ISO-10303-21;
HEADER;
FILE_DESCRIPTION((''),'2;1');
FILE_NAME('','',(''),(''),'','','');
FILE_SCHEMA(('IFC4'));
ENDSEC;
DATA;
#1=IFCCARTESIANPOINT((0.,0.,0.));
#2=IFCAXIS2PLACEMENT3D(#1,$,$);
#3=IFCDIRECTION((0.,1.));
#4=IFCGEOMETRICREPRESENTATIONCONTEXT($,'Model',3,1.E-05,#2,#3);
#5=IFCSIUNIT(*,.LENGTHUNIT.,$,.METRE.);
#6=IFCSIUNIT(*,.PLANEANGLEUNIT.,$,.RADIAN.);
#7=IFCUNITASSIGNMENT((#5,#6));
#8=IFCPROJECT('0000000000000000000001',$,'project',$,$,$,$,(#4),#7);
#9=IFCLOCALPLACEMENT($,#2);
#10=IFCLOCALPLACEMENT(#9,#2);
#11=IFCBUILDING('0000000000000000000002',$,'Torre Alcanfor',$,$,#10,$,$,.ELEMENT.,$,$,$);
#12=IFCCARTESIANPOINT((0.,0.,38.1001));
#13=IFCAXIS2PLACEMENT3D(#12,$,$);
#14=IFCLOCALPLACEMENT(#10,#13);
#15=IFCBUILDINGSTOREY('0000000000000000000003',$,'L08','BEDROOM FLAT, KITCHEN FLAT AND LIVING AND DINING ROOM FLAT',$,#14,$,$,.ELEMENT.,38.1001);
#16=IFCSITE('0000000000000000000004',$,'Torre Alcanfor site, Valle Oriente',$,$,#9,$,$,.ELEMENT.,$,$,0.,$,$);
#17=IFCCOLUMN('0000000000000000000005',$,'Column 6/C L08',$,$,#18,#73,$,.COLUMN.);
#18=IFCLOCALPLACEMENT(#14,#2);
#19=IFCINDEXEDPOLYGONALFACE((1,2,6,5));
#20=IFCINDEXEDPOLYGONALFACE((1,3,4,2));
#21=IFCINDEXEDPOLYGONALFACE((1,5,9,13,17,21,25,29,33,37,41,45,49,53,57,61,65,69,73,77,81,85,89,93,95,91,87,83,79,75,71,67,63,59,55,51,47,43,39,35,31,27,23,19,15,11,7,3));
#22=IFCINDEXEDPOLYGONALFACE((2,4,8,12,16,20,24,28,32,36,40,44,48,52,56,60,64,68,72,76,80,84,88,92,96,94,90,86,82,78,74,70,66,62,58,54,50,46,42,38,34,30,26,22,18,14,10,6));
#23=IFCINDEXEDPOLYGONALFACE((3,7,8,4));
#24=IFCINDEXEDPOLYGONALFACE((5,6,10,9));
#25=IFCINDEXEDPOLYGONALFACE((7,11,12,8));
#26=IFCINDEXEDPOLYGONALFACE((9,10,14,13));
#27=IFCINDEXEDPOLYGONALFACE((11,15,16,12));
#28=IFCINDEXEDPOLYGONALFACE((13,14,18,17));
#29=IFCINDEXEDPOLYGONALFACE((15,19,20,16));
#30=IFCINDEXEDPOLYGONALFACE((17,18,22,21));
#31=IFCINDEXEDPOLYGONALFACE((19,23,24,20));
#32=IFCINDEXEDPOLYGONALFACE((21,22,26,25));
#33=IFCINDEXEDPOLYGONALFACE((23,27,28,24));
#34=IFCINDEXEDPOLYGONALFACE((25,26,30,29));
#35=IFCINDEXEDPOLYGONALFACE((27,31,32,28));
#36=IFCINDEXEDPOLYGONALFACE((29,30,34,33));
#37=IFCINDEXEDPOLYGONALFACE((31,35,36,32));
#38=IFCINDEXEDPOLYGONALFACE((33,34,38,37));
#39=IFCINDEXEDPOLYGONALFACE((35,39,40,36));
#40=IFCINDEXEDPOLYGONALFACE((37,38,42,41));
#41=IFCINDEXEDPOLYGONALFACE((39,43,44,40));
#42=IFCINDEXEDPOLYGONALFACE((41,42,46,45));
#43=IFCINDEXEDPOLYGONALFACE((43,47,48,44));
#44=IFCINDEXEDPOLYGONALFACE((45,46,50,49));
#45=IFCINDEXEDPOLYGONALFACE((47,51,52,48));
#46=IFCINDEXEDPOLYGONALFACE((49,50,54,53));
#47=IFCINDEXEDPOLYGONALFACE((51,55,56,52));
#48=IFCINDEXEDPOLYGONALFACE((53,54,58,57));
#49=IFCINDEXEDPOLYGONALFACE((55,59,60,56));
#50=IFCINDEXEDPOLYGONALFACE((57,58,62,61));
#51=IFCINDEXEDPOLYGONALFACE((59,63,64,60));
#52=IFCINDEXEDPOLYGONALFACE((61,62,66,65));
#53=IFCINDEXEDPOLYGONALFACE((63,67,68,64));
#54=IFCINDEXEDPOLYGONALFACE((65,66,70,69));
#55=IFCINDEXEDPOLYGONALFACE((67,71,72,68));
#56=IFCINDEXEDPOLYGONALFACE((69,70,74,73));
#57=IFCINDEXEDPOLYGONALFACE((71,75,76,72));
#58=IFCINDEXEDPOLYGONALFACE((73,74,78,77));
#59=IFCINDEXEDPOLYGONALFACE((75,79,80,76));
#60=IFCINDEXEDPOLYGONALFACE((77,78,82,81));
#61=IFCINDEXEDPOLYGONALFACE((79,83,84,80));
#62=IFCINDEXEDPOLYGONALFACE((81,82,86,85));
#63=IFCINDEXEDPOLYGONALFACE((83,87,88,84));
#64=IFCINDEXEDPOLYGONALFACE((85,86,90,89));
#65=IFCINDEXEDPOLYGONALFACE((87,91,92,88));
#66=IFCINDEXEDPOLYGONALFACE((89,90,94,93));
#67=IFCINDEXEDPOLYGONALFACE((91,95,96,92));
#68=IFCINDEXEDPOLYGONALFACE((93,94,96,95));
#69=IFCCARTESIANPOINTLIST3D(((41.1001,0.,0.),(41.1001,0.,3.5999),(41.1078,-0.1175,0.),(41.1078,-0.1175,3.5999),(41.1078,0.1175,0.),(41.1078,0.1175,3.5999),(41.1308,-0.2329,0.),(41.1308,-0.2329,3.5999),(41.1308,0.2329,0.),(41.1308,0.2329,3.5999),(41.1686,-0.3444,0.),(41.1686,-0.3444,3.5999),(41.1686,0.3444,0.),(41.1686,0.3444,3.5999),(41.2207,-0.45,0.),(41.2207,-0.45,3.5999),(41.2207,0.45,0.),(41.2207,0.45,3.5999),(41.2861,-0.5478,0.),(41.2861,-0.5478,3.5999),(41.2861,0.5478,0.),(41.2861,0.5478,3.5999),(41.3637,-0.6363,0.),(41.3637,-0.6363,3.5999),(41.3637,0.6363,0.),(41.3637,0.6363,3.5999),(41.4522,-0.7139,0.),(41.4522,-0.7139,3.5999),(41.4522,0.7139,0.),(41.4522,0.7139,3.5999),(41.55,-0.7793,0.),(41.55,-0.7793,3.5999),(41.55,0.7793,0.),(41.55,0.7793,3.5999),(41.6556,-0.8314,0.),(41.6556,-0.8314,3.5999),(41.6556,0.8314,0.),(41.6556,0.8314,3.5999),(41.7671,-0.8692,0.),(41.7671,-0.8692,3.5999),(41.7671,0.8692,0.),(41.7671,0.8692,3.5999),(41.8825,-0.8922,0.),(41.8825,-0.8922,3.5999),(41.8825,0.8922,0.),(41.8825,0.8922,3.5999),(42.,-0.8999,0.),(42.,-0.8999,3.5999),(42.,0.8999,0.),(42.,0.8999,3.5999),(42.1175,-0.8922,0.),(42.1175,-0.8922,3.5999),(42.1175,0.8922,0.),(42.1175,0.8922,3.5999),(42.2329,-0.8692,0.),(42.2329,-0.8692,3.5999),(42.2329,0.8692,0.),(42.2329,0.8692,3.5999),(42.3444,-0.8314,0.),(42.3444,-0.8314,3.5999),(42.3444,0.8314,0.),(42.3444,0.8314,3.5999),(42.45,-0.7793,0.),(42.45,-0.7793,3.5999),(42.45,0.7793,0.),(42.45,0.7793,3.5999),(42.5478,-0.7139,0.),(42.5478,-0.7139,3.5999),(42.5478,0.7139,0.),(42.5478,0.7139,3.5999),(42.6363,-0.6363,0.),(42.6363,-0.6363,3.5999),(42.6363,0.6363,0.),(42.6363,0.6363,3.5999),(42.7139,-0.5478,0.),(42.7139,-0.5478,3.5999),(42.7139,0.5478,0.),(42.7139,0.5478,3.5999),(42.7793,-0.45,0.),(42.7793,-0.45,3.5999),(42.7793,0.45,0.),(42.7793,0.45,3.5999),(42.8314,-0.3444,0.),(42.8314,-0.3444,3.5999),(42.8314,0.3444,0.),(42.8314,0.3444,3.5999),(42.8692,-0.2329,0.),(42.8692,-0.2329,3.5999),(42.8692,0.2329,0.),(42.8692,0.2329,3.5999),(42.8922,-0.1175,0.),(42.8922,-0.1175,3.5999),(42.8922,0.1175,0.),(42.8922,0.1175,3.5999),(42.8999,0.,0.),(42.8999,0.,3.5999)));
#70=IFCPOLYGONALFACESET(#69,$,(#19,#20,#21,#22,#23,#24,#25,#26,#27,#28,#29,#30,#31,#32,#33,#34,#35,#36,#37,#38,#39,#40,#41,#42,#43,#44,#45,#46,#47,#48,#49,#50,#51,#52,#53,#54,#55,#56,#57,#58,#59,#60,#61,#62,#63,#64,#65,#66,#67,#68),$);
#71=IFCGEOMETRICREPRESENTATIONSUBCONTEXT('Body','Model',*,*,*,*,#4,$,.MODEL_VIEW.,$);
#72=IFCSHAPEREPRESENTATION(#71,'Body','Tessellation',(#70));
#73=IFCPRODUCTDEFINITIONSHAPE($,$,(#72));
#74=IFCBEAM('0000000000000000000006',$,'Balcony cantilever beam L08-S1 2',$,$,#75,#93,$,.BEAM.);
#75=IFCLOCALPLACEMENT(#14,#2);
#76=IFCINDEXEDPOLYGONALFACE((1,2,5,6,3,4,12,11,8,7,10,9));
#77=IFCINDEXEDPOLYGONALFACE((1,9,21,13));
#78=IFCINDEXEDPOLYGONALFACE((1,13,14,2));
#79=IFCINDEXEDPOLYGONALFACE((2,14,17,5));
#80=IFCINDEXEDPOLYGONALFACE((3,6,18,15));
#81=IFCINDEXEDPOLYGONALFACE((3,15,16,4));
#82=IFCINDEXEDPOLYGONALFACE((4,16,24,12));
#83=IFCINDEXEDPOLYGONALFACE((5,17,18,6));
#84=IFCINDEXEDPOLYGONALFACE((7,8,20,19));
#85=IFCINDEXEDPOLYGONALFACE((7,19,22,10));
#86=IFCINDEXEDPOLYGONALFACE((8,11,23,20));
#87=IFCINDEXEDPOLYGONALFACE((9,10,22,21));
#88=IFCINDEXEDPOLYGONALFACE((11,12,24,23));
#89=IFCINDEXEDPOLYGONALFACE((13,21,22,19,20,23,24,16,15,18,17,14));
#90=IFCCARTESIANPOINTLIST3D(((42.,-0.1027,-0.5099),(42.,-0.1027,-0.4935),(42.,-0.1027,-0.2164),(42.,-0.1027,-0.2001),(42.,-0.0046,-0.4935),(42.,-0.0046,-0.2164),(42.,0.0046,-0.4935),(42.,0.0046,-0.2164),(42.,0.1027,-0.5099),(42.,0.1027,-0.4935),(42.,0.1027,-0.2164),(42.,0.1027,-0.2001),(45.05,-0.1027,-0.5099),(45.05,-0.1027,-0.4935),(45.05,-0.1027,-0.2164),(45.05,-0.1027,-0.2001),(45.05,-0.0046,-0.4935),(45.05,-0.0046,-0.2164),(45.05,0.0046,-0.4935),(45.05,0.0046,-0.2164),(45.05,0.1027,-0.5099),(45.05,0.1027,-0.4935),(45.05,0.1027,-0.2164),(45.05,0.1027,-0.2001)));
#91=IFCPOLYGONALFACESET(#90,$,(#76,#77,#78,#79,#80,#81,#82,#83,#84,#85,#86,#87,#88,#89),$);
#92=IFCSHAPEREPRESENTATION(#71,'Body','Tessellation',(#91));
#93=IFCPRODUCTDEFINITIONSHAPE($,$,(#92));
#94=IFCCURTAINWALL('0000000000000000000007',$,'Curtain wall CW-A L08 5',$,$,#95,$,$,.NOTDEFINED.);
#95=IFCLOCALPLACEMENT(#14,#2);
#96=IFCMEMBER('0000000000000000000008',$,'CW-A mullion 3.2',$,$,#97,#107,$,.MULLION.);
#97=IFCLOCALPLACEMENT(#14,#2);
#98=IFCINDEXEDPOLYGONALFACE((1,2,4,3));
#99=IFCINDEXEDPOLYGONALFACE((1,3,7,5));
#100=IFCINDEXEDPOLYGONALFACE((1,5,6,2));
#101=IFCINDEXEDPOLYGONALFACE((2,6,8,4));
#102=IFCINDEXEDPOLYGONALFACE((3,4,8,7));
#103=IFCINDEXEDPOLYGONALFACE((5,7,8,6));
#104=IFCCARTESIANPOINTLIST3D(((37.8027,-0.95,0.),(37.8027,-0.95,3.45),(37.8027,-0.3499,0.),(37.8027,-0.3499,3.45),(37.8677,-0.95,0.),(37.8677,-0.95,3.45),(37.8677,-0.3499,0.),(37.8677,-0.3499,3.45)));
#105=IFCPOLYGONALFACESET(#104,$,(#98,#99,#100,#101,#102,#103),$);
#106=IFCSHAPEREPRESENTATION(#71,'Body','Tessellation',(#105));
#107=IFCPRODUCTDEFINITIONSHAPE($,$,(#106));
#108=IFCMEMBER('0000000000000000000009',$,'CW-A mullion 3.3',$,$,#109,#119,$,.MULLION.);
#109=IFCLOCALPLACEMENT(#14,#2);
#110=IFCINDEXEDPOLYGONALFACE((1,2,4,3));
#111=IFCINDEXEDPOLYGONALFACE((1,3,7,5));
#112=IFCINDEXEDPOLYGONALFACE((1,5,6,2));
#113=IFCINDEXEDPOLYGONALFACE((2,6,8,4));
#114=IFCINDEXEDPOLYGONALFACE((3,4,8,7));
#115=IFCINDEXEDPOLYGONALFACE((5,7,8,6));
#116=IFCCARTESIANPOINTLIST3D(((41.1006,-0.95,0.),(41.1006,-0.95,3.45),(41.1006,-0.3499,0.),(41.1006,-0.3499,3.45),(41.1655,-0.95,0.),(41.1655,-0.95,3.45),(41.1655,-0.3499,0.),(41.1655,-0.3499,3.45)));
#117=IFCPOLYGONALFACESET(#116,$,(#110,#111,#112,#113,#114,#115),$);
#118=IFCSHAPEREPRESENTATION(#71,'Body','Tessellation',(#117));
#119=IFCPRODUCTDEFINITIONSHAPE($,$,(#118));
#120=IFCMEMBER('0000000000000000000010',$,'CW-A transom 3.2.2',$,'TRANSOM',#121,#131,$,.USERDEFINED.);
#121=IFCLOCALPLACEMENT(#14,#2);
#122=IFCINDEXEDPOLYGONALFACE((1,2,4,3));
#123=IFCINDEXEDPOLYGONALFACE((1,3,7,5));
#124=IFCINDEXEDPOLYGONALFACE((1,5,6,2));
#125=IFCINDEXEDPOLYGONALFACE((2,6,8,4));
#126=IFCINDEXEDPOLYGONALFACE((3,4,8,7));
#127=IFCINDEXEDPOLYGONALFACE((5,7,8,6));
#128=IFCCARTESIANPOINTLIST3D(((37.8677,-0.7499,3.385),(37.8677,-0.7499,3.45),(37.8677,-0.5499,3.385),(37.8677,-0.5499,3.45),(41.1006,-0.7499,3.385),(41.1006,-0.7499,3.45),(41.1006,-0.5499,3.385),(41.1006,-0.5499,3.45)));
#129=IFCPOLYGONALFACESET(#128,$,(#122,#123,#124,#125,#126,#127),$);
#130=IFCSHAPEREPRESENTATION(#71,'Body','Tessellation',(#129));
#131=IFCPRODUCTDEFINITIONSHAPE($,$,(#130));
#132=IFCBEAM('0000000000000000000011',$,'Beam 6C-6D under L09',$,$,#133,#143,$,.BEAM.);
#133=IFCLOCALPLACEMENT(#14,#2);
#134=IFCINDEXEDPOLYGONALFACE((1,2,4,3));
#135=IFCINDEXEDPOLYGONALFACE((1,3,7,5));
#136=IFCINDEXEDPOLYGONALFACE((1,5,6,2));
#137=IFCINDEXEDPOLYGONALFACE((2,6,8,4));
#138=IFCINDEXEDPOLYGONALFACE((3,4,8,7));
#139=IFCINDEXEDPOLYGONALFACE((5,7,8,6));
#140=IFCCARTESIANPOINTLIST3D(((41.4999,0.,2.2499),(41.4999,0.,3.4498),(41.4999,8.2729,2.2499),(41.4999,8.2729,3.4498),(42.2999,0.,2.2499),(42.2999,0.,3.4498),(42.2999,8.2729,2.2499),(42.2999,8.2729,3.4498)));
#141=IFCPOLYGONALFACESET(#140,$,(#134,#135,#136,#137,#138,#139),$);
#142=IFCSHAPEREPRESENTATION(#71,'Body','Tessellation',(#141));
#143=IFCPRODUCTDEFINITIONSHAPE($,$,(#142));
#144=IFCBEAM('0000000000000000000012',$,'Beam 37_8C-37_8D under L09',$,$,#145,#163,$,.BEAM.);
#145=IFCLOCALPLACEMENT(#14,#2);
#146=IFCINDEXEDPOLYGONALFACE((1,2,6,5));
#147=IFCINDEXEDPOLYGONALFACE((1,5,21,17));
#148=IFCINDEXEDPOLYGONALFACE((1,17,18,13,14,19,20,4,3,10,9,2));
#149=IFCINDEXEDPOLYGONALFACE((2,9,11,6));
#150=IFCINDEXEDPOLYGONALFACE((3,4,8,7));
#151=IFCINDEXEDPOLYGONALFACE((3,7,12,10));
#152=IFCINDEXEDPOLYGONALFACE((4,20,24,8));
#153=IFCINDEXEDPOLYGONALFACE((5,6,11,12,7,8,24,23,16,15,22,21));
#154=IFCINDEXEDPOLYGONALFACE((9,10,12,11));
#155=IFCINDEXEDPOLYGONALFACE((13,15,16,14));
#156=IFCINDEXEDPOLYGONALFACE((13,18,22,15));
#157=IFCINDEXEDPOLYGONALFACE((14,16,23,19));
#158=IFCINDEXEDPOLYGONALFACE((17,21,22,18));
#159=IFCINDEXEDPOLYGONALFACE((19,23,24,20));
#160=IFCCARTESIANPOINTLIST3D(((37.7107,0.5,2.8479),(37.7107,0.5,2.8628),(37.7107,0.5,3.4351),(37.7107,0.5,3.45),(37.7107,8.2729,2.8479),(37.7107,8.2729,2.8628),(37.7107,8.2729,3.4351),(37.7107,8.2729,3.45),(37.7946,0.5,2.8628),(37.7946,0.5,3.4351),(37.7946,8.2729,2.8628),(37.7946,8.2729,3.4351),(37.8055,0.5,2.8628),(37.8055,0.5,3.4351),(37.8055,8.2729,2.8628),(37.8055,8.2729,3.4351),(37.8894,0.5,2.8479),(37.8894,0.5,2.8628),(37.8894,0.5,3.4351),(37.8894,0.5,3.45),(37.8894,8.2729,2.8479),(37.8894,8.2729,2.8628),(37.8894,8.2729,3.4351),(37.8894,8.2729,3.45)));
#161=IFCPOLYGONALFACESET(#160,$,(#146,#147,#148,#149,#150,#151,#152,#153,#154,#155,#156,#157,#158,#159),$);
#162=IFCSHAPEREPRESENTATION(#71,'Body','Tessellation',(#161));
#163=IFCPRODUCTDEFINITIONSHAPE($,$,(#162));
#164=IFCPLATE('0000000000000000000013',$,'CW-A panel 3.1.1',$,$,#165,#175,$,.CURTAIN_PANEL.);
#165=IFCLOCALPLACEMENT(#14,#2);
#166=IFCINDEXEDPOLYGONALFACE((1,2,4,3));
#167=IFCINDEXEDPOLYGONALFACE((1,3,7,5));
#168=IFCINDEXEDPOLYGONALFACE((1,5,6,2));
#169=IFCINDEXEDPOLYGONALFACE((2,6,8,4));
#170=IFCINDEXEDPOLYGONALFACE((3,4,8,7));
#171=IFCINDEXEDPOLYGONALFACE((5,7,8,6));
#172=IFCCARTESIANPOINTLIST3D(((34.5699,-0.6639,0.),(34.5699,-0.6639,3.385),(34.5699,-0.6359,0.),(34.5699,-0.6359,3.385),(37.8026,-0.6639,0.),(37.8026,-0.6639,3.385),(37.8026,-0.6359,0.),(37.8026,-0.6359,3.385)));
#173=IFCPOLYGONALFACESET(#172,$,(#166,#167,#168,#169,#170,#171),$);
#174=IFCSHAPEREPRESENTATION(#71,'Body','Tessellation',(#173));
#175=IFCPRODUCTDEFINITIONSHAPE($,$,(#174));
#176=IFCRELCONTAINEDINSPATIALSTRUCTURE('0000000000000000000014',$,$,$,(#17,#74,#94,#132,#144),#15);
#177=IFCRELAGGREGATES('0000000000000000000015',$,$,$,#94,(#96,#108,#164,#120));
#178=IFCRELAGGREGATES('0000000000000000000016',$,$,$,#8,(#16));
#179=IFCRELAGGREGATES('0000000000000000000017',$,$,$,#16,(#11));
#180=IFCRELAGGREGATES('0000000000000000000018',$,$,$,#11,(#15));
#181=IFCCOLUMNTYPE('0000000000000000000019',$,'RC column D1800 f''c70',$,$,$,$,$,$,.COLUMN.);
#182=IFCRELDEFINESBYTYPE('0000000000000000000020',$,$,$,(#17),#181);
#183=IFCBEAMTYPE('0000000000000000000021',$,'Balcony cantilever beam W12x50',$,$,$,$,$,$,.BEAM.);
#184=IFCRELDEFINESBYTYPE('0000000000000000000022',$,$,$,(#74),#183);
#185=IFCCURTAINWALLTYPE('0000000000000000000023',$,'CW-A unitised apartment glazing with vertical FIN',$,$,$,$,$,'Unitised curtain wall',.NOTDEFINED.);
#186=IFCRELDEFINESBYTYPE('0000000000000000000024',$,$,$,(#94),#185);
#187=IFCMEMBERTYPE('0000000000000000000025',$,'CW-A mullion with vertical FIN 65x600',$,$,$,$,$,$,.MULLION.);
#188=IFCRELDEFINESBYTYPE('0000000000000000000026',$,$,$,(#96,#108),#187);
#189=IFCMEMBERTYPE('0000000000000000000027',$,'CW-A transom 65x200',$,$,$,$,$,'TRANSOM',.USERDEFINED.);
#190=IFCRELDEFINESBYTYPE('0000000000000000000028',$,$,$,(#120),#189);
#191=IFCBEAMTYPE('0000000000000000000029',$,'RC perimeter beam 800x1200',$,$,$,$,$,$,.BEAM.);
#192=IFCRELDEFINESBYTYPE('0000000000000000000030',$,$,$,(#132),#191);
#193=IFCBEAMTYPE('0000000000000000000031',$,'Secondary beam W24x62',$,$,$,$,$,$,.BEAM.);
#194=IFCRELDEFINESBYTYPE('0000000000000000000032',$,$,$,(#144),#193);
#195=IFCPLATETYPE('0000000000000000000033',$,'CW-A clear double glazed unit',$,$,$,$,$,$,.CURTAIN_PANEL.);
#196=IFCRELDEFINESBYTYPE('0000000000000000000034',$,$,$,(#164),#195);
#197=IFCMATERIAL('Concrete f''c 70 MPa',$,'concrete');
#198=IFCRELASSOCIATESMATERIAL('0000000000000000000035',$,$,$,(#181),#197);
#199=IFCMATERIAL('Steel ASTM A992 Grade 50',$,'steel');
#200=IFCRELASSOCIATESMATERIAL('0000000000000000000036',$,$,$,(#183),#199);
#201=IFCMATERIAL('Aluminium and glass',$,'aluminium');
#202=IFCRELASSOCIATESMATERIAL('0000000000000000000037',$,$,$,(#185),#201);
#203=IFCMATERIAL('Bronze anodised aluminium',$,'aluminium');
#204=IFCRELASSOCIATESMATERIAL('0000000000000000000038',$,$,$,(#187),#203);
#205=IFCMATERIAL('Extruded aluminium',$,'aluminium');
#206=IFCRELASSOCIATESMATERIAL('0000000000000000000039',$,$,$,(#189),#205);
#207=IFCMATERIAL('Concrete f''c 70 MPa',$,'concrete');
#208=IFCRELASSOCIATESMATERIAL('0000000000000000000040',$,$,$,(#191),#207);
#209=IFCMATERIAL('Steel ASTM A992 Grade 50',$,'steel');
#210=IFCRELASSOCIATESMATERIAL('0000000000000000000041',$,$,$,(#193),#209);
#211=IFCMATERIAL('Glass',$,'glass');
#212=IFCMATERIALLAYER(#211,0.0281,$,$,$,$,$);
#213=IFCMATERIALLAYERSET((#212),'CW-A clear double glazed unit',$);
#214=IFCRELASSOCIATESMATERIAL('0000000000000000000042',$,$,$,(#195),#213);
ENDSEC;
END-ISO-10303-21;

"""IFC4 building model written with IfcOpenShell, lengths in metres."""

from ifc_helpers import new_model, si_unit, direction, frame, origin, origin_2d, place, context, subcontext, project, spatial, rectangle, circle, i_section, extrude, material, layer, layer_set, material_profile, profile_set, type_object, element, aggregate, save


model = new_model("IFC4")

# Units and contexts
model_context = context("Model", 3, precision=1e-05, world=origin(), true_north=direction((0.0, 1.0)))
body_context = subcontext(model_context, "Body", "Model", "MODEL_VIEW")
ifc_project = project(units=[si_unit("LENGTHUNIT", "METRE"), si_unit("PLANEANGLEUNIT", "RADIAN")], contexts=[model_context])

# Site, building, storey
site_placement = place(None, origin())
site = spatial("IfcSite", under=ifc_project, at=site_placement, Name="Torre Alcanfor site, Valle Oriente", CompositionType="ELEMENT", RefElevation=0.0)
building_placement = place(site_placement, origin())
building = spatial("IfcBuilding", under=site, at=building_placement, Name="Torre Alcanfor", CompositionType="ELEMENT")
storey_placement = place(building_placement, frame((0.0, 0.0, 38.1001)))
storey = spatial("IfcBuildingStorey", under=building, at=storey_placement, Name="L08", Description="BEDROOM FLAT, KITCHEN FLAT AND LIVING AND DINING ROOM FLAT", CompositionType="ELEMENT", Elevation=38.1001)

# Column
ifc_material_1 = material(Name="Concrete f'c 70 MPa", Category="concrete")
ifc_material_profile_1 = material_profile(ifc_material_1, circle(Radius=0.8999, at=origin_2d()), Name="D1800")
ifc_profile_set_1 = profile_set([ifc_material_profile_1], Name="Concrete f'c 70 MPa")
column_type = type_object("IfcColumnType", Name="RC column D1800 f'c70", PredefinedType="COLUMN", material=ifc_profile_set_1)
column_placement = place(storey_placement, frame((42.0, 0.0, 0.0), z_axis=(0.0, 0.0, 1.0), x_axis=(1.0, 0.0, 0.0)))
element("IfcColumn", 1, at=column_placement, inside=storey, type_object=column_type, Name="Column 6/C L08", PredefinedType="COLUMN", context=body_context, shape_type="SweptSolid", body=[
    extrude(circle(Radius=0.8999, at=origin_2d()), origin(), (0.0, 0.0, 1.0), 3.5999),
])

# Beam
ifc_material_2 = material(Name="Steel ASTM A992 Grade 50", Category="steel")
ifc_material_profile_2 = material_profile(ifc_material_2, i_section(OverallWidth=0.2053, OverallDepth=0.3098, WebThickness=0.0093, FlangeThickness=0.0164, at=origin_2d()), Name="W12x50")
ifc_profile_set_2 = profile_set([ifc_material_profile_2], Name="Steel ASTM A992 Grade 50")
beam_type_1 = type_object("IfcBeamType", Name="Balcony cantilever beam W12x50", PredefinedType="BEAM", material=ifc_profile_set_2)
beam_1_placement = place(storey_placement, frame((42.0, 0.0, -0.355), z_axis=(1.0, 0.0, 0.0), x_axis=(0.0, 1.0, 0.0)))
element("IfcBeam", 2, at=beam_1_placement, inside=storey, type_object=beam_type_1, Name="Balcony cantilever beam L08-S1 2", PredefinedType="BEAM", context=body_context, shape_type="SweptSolid", body=[
    extrude(i_section(OverallWidth=0.2053, OverallDepth=0.3098, WebThickness=0.0093, FlangeThickness=0.0164, at=origin_2d()), origin(), (0.0, 0.0, 1.0), 3.05),
])

# Curtain wall, members
ifc_material_3 = material(Name="Aluminium and glass", Category="aluminium")
curtain_wall_type = type_object("IfcCurtainWallType", Name="CW-A unitised apartment glazing with vertical FIN", ElementType="Unitised curtain wall", PredefinedType="NOTDEFINED", material=ifc_material_3)
curtain_wall_placement = place(storey_placement, origin())
curtain_wall = element("IfcCurtainWall", 3, at=curtain_wall_placement, inside=storey, type_object=curtain_wall_type, Name="Curtain wall CW-A L08 5", PredefinedType="NOTDEFINED")
ifc_material_4 = material(Name="Bronze anodised aluminium", Category="aluminium")
ifc_material_profile_3 = material_profile(ifc_material_4, rectangle(XDim=0.6001, YDim=0.0649, at=origin_2d()), Name="CW-A mullion 65x600")
ifc_profile_set_3 = profile_set([ifc_material_profile_3], Name="Bronze anodised aluminium")
member_type_1 = type_object("IfcMemberType", Name="CW-A mullion with vertical FIN 65x600", PredefinedType="MULLION", material=ifc_profile_set_3)
member_1_placement = place(storey_placement, frame((37.8352, -0.6499, 0.0), z_axis=(0.0, 0.0, 1.0), x_axis=(0.0, 1.0, 0.0)))
member_1 = element("IfcMember", 4, at=member_1_placement, type_object=member_type_1, Name="CW-A mullion 3.2", PredefinedType="MULLION", context=body_context, shape_type="SweptSolid", body=[
    extrude(rectangle(XDim=0.6001, YDim=0.0649, at=origin_2d()), origin(), (0.0, 0.0, 1.0), 3.45),
])
member_2_placement = place(storey_placement, frame((41.1331, -0.6499, 0.0), z_axis=(0.0, 0.0, 1.0), x_axis=(0.0, 1.0, 0.0)))
member_2 = element("IfcMember", 5, at=member_2_placement, type_object=member_type_1, Name="CW-A mullion 3.3", PredefinedType="MULLION", context=body_context, shape_type="SweptSolid", body=[
    extrude(rectangle(XDim=0.6001, YDim=0.0649, at=origin_2d()), origin(), (0.0, 0.0, 1.0), 3.45),
])
ifc_material_5 = material(Name="Extruded aluminium", Category="aluminium")
ifc_material_profile_4 = material_profile(ifc_material_5, rectangle(XDim=0.2, YDim=0.0649, at=origin_2d()), Name="CW-A transom 200x65")
ifc_profile_set_4 = profile_set([ifc_material_profile_4], Name="Extruded aluminium")
member_type_2 = type_object("IfcMemberType", Name="CW-A transom 65x200", ElementType="TRANSOM", PredefinedType="USERDEFINED", material=ifc_profile_set_4)
member_3_placement = place(storey_placement, frame((37.8677, -0.6499, 3.4175), z_axis=(1.0, 0.0, 0.0), x_axis=(0.0, 1.0, 0.0)))
member_3 = element("IfcMember", 6, at=member_3_placement, type_object=member_type_2, Name="CW-A transom 3.2.2", ObjectType="TRANSOM", PredefinedType="USERDEFINED", context=body_context, shape_type="SweptSolid", body=[
    extrude(rectangle(XDim=0.2, YDim=0.0649, at=origin_2d()), origin(), (0.0, 0.0, 1.0), 3.2329),
])

# Beams
ifc_material_6 = material(Name="Concrete f'c 70 MPa", Category="concrete")
ifc_material_profile_5 = material_profile(ifc_material_6, rectangle(XDim=0.8, YDim=1.2, at=origin_2d()), Name="800x1200")
ifc_profile_set_5 = profile_set([ifc_material_profile_5], Name="Concrete f'c 70 MPa")
beam_type_2 = type_object("IfcBeamType", Name="RC perimeter beam 800x1200", PredefinedType="BEAM", material=ifc_profile_set_5)
beam_2_placement = place(storey_placement, frame((41.8999, 0.0, 2.8499), z_axis=(0.0, 1.0, 0.0), x_axis=(-1.0, 0.0, 0.0)))
element("IfcBeam", 7, at=beam_2_placement, inside=storey, type_object=beam_type_2, Name="Beam 6C-6D under L09", PredefinedType="BEAM", context=body_context, shape_type="SweptSolid", body=[
    extrude(rectangle(XDim=0.8, YDim=1.2, at=origin_2d()), origin(), (0.0, 0.0, 1.0), 8.2729),
])
ifc_material_7 = material(Name="Steel ASTM A992 Grade 50", Category="steel")
ifc_material_profile_6 = material_profile(ifc_material_7, i_section(OverallWidth=0.1787, OverallDepth=0.6021, WebThickness=0.011, FlangeThickness=0.0149, at=origin_2d()), Name="W24x62")
ifc_profile_set_6 = profile_set([ifc_material_profile_6], Name="Steel ASTM A992 Grade 50")
beam_type_3 = type_object("IfcBeamType", Name="Secondary beam W24x62", PredefinedType="BEAM", material=ifc_profile_set_6)
beam_3_placement = place(storey_placement, frame((37.8, 0.5, 3.1489), z_axis=(0.0, 1.0, 0.0), x_axis=(-1.0, 0.0, 0.0)))
element("IfcBeam", 8, at=beam_3_placement, inside=storey, type_object=beam_type_3, Name="Beam 37_8C-37_8D under L09", PredefinedType="BEAM", context=body_context, shape_type="SweptSolid", body=[
    extrude(i_section(OverallWidth=0.1787, OverallDepth=0.6021, WebThickness=0.011, FlangeThickness=0.0149, at=origin_2d()), origin(), (0.0, 0.0, 1.0), 7.7729),
])

# Plate
ifc_material_8 = material(Name="Glass", Category="glass")
ifc_layer_1 = layer(ifc_material_8, 0.0281)
ifc_layer_set_1 = layer_set([ifc_layer_1], Name="CW-A clear double glazed unit")
plate_type = type_object("IfcPlateType", Name="CW-A clear double glazed unit", PredefinedType="CURTAIN_PANEL", material=ifc_layer_set_1)
plate_1_placement = place(storey_placement, frame((36.1863, -0.6499, 0.0), z_axis=(0.0, 0.0, 1.0), x_axis=(1.0, 0.0, 0.0)))
plate_1 = element("IfcPlate", 9, at=plate_1_placement, type_object=plate_type, Name="CW-A panel 3.1.1", PredefinedType="CURTAIN_PANEL", context=body_context, shape_type="SweptSolid", body=[
    extrude(rectangle(XDim=3.2327, YDim=0.0281, at=origin_2d()), origin(), (0.0, 0.0, 1.0), 3.385),
])
aggregate(curtain_wall, [member_1, member_2, plate_1, member_3])

save(model, "model.ifc")
